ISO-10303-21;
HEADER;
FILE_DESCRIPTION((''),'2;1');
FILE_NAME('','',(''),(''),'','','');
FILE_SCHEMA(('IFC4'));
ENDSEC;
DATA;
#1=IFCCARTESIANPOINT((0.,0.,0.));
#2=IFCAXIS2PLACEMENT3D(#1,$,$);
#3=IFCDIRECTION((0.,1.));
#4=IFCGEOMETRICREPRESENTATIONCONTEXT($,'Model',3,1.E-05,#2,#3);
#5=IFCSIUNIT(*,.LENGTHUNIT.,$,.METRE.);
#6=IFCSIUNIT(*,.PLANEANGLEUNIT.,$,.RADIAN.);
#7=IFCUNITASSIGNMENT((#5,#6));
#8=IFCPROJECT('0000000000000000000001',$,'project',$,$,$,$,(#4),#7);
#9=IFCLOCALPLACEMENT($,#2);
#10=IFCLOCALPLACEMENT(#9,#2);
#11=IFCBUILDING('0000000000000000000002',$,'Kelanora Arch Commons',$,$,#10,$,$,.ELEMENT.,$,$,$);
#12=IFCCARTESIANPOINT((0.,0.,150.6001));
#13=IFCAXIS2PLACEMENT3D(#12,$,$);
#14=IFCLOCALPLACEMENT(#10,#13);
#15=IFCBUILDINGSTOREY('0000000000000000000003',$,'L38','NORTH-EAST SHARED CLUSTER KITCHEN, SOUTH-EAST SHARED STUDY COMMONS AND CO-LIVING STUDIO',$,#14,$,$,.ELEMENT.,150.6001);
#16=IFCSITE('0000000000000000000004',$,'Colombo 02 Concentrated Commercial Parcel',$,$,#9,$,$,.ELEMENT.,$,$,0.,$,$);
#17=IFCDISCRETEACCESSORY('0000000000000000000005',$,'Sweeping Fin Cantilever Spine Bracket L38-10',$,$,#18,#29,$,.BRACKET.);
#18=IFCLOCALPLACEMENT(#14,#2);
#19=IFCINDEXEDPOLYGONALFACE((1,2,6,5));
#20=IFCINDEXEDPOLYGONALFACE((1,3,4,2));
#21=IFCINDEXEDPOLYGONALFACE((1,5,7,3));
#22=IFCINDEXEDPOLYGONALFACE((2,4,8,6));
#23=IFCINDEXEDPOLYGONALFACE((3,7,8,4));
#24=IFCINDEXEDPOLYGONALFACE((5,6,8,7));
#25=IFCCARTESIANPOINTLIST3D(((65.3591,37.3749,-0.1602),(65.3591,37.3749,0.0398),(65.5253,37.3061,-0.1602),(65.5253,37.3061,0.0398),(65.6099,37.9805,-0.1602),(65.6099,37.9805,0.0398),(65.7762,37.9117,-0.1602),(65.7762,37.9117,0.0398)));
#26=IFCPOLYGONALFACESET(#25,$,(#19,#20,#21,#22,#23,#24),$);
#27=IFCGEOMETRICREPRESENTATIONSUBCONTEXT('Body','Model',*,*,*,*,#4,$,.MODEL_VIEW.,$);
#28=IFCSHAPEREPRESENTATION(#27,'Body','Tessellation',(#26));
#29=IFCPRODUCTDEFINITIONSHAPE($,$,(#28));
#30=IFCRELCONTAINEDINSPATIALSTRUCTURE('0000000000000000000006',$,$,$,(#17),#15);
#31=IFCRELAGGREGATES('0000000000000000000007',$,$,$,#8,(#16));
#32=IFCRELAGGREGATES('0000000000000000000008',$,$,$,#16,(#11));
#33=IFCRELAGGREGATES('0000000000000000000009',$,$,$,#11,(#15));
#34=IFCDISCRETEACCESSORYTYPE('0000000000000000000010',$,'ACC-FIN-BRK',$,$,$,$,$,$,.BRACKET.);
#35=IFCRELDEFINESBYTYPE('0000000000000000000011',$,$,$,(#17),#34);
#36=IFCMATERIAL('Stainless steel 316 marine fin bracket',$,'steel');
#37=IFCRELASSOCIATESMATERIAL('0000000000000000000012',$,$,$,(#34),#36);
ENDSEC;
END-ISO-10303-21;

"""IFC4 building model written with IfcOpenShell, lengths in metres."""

from ifc_helpers import new_model, si_unit, direction, frame, origin, origin_2d, place, context, subcontext, project, spatial, rectangle, extrude, source, transform, mapped, material, type_object, element, save


model = new_model("IFC4")

# Units and contexts
model_context = context("Model", 3, precision=1e-05, world=origin(), true_north=direction((0.0, 1.0)))
body_context = subcontext(model_context, "Body", "Model", "MODEL_VIEW")
ifc_project = project(units=[si_unit("LENGTHUNIT", "METRE"), si_unit("PLANEANGLEUNIT", "RADIAN")], contexts=[model_context])

# Site, building, storey
site_placement = place(None, origin())
site = spatial("IfcSite", under=ifc_project, at=site_placement, Name="Colombo 02 Concentrated Commercial Parcel", CompositionType="ELEMENT", RefElevation=0.0)
building_placement = place(site_placement, origin())
building = spatial("IfcBuilding", under=site, at=building_placement, Name="Kelanora Arch Commons", CompositionType="ELEMENT")
storey_placement = place(building_placement, frame((0.0, 0.0, 150.6001)))
storey = spatial("IfcBuildingStorey", under=building, at=storey_placement, Name="L38", Description="NORTH-EAST SHARED CLUSTER KITCHEN, SOUTH-EAST SHARED STUDY COMMONS AND CO-LIVING STUDIO", CompositionType="ELEMENT", Elevation=150.6001)

# Discrete accessory
ifc_material_1 = material(Name="Stainless steel 316 marine fin bracket", Category="steel")
discrete_accessory_type = type_object("IfcDiscreteAccessoryType", Name="ACC-FIN-BRK", PredefinedType="BRACKET", material=ifc_material_1)
shared_shape_1 = source(origin(), body_context, "Body", "SweptSolid", [
    extrude(rectangle(XDim=0.6555, YDim=0.1799, at=origin_2d()), origin(), (0.0, 0.0, 1.0), 0.2),
])
discrete_accessory_placement = place(storey_placement, frame((65.5676, 37.6433, -0.1602), z_axis=(0.0, 0.0, 1.0), x_axis=(-0.382683, -0.92388, 0.0)))
element("IfcDiscreteAccessory", 1, at=discrete_accessory_placement, inside=storey, type_object=discrete_accessory_type, Name="Sweeping Fin Cantilever Spine Bracket L38-10", PredefinedType="BRACKET", context=body_context, shape_type="MappedRepresentation", body=[
    mapped(shared_shape_1, transform((0.0, 0.0, 0.0), scale=1.0)),
])

save(model, "model.ifc")
